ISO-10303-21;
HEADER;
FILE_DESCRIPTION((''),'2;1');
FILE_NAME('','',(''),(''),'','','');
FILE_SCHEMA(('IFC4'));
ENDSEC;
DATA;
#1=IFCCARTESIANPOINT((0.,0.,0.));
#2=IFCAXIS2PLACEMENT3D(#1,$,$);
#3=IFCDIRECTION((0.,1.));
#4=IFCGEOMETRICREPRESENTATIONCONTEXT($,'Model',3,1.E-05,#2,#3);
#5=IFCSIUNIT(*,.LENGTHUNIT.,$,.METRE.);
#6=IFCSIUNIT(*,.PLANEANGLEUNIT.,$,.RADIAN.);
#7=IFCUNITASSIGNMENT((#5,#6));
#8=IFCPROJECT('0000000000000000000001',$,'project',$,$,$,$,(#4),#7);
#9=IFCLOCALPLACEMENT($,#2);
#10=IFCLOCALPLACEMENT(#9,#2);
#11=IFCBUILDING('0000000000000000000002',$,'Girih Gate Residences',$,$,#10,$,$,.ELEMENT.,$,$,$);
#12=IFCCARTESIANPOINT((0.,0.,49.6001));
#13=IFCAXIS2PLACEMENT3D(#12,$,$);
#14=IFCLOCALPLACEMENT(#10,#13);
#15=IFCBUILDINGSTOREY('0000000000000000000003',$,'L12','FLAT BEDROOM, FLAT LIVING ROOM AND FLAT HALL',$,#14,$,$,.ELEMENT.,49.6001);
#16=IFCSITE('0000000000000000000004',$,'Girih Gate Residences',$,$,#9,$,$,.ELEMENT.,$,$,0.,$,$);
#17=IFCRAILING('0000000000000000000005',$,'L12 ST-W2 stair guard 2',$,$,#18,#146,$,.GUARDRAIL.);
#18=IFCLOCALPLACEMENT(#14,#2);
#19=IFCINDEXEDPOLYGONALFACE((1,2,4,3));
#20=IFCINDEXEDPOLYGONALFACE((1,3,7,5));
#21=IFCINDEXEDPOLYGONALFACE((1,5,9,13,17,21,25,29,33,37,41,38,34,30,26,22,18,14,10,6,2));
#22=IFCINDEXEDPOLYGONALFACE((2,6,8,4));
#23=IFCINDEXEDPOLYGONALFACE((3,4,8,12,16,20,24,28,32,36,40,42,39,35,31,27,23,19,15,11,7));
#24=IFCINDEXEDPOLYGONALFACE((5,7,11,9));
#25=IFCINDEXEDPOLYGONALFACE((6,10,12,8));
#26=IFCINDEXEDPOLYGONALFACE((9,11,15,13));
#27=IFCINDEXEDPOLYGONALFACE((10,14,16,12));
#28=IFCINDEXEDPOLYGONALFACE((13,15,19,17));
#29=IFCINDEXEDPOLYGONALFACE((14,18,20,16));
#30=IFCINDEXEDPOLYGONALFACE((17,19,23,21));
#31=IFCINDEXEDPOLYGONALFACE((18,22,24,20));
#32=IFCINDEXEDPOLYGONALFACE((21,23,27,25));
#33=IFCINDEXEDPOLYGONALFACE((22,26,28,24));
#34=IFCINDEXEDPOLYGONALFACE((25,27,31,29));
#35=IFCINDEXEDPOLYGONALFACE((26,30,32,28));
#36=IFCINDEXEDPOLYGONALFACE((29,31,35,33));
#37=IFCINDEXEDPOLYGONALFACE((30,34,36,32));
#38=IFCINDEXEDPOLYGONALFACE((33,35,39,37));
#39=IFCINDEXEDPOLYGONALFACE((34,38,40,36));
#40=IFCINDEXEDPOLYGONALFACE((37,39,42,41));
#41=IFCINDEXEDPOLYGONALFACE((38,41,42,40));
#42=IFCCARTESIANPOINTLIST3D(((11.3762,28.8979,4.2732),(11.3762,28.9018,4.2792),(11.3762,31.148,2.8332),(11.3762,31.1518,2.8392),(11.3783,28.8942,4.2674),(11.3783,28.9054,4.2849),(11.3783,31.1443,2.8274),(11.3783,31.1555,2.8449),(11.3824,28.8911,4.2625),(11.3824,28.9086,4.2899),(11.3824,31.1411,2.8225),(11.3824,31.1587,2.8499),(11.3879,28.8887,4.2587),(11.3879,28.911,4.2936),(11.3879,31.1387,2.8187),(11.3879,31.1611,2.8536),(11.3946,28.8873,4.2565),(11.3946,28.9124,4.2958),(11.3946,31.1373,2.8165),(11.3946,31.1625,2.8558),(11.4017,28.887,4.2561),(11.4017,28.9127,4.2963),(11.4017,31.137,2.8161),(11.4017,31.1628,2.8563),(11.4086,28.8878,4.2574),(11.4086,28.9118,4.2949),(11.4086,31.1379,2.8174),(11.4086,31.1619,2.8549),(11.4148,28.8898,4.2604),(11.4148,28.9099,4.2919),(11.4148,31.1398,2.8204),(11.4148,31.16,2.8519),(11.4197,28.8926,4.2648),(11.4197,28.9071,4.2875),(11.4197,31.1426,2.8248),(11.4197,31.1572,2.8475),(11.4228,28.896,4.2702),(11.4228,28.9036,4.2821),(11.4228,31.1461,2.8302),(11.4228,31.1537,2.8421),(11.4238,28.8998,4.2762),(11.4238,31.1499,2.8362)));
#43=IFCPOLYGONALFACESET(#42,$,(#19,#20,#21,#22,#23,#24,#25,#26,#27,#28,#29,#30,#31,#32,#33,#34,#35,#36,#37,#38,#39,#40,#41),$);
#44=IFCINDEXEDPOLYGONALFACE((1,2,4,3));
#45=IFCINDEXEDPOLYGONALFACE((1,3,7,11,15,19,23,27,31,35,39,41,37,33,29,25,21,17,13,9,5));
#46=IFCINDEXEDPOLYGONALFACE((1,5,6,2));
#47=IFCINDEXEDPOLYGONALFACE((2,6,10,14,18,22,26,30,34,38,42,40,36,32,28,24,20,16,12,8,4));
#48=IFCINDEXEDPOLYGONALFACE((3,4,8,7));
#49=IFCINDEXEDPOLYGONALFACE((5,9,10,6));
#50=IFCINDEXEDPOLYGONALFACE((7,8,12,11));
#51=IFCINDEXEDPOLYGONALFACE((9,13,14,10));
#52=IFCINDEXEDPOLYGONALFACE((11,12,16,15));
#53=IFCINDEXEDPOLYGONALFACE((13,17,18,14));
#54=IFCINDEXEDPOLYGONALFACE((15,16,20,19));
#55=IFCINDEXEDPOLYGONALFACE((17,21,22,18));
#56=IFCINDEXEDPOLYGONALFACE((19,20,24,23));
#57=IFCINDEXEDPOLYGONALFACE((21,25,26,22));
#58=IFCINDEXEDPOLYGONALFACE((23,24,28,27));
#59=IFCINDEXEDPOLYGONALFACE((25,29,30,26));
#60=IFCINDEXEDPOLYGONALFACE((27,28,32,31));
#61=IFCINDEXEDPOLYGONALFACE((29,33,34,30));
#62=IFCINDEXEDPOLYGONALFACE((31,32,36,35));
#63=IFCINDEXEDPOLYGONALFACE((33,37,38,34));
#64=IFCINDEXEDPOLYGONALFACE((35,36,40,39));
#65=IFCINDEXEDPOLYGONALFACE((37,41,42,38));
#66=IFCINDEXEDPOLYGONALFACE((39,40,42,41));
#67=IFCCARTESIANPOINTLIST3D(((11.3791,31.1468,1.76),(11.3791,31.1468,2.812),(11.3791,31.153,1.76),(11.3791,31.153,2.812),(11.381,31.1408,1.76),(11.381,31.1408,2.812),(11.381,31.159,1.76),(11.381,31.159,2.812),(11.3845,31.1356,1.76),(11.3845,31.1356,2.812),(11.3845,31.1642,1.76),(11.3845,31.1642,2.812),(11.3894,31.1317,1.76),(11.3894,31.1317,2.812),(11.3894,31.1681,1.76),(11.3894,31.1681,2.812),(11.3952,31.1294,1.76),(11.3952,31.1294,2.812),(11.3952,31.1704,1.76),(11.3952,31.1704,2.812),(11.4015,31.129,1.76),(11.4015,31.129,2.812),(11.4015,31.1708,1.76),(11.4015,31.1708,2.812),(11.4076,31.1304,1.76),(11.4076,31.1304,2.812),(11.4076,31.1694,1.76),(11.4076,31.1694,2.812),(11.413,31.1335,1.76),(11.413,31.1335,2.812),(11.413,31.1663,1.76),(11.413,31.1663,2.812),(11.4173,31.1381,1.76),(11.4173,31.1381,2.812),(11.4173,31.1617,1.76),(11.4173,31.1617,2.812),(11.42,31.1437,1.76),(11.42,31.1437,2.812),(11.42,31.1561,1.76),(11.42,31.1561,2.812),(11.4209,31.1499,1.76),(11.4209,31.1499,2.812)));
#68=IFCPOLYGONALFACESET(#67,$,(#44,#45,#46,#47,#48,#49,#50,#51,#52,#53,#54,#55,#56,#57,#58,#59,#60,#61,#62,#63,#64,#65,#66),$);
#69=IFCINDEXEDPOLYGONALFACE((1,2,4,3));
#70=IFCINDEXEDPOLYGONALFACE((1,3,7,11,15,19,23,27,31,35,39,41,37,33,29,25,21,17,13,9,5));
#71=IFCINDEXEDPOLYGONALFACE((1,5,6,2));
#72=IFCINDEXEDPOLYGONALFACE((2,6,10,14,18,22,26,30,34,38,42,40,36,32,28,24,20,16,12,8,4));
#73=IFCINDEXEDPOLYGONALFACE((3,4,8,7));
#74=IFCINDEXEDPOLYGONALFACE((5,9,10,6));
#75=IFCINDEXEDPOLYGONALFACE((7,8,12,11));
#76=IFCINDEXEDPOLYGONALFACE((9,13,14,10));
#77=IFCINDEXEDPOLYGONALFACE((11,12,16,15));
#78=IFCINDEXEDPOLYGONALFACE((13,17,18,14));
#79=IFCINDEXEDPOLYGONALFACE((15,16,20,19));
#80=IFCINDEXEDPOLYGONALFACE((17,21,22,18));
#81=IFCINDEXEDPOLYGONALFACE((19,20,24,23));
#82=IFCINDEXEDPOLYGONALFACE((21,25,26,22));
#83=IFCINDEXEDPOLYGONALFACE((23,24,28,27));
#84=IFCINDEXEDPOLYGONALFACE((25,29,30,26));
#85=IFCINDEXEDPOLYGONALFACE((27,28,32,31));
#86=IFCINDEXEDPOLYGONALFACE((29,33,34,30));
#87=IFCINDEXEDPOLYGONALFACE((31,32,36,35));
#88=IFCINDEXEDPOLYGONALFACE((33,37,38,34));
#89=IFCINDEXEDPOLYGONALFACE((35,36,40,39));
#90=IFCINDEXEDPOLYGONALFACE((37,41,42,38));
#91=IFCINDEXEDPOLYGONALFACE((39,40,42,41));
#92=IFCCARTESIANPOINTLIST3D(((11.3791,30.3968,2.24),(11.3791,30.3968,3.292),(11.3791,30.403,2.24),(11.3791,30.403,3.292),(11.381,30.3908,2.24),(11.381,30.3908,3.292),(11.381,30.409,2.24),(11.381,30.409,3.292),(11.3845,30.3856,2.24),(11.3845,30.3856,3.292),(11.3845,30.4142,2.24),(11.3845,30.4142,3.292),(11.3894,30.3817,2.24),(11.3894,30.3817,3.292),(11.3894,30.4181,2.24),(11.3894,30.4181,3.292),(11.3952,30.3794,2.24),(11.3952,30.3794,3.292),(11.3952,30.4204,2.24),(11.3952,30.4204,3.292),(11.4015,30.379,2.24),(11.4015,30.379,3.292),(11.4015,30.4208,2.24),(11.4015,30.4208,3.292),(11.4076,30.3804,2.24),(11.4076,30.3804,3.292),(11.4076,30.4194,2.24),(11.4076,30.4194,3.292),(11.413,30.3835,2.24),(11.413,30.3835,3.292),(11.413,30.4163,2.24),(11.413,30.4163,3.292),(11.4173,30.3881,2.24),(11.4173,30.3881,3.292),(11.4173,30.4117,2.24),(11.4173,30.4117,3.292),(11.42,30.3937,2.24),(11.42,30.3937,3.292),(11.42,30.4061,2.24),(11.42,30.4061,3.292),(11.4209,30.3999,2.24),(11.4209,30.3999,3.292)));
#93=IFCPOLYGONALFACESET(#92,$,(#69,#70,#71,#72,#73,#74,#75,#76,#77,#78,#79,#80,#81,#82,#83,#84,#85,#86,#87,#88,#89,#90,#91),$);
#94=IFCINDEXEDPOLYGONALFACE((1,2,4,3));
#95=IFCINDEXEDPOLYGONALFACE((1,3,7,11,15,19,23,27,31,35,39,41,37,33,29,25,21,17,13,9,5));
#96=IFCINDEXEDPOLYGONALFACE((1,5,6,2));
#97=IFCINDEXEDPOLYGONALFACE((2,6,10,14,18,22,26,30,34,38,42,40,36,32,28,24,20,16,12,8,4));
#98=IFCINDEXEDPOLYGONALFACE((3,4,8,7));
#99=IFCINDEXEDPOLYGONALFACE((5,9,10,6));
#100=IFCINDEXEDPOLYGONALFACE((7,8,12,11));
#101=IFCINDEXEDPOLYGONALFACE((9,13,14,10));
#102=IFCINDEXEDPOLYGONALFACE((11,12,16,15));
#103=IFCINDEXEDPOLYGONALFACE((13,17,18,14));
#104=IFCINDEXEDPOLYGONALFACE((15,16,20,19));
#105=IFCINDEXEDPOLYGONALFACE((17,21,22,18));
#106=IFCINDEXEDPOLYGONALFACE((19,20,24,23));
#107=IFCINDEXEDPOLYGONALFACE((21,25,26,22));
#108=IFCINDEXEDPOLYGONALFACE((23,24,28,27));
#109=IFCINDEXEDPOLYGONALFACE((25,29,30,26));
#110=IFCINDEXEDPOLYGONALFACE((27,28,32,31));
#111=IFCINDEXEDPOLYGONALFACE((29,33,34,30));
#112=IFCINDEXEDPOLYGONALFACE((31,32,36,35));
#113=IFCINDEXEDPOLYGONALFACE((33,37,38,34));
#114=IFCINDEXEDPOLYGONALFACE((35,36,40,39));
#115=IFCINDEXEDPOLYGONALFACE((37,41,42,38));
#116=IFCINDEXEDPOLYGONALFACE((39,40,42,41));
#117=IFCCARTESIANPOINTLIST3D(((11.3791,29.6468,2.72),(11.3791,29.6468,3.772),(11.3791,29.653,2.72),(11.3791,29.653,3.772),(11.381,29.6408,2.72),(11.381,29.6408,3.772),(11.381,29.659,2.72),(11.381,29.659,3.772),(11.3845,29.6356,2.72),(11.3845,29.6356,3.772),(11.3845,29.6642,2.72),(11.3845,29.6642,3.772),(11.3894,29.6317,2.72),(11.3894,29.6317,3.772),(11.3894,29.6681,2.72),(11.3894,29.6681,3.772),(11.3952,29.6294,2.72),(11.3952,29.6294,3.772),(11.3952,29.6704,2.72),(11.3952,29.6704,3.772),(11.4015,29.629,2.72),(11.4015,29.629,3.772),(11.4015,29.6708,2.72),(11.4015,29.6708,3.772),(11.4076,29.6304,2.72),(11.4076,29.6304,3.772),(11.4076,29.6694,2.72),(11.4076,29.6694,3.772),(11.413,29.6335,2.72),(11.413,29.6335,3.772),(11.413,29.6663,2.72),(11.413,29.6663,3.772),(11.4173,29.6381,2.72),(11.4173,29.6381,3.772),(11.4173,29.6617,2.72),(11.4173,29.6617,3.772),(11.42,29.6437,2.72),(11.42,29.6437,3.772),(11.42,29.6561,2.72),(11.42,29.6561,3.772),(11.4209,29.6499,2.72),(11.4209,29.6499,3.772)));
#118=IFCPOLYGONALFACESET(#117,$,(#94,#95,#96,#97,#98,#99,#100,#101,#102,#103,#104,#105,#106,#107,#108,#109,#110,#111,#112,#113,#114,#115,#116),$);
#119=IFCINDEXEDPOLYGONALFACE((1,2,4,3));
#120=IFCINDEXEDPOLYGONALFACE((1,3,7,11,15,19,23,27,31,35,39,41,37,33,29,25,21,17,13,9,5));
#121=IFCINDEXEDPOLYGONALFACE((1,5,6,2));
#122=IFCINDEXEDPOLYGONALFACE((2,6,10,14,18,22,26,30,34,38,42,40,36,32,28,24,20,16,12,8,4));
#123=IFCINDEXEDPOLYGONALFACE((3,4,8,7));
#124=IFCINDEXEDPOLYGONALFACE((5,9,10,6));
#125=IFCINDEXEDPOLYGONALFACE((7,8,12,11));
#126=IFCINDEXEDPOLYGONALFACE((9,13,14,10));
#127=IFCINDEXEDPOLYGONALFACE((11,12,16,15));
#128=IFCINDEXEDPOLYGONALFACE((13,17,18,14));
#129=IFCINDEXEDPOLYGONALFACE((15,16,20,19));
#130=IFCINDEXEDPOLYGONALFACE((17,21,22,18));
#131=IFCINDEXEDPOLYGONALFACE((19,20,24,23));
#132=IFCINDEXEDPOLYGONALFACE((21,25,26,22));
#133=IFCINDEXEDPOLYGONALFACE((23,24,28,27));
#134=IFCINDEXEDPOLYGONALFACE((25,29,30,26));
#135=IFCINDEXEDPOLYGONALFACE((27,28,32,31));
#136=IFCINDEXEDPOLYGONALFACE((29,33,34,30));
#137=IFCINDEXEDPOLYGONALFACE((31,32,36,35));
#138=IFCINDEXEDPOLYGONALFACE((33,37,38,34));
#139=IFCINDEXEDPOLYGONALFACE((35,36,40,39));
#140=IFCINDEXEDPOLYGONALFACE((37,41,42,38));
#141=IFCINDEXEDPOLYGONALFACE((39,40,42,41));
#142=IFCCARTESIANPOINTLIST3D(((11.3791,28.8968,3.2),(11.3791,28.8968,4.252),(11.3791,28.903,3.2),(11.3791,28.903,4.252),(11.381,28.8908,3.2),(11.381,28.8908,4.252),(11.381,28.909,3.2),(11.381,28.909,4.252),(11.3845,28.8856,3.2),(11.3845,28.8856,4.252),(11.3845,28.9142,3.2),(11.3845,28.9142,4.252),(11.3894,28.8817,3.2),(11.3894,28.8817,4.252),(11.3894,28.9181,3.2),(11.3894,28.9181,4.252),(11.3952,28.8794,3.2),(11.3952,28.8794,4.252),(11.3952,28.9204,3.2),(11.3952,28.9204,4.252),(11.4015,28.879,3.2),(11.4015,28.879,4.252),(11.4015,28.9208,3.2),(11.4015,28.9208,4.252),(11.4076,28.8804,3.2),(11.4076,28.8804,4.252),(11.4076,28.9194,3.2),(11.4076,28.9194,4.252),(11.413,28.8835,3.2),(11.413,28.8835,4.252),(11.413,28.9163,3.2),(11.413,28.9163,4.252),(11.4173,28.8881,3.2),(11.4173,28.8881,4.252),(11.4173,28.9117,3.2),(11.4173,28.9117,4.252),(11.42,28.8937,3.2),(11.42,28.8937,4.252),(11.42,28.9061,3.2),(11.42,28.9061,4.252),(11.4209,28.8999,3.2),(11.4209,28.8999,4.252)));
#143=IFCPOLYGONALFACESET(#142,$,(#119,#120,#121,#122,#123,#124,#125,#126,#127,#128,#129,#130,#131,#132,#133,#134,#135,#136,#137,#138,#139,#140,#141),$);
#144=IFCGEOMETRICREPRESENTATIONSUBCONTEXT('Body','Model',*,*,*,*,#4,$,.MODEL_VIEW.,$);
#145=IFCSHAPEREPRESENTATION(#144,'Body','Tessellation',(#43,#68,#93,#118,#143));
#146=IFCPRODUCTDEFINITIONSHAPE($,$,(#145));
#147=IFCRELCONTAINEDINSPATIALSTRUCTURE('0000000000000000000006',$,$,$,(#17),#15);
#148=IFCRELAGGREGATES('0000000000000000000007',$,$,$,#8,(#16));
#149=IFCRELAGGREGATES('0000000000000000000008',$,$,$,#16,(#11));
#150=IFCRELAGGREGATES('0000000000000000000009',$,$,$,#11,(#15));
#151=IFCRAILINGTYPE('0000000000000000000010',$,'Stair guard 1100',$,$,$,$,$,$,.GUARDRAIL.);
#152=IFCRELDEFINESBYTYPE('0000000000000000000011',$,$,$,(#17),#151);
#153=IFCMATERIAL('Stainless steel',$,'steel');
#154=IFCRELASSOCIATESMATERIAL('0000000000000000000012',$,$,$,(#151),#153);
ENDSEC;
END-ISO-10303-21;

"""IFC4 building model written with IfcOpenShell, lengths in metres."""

from ifc_helpers import new_model, si_unit, direction, frame, origin, origin_2d, place, context, subcontext, project, spatial, circle, extrude, material, type_object, element, save


model = new_model("IFC4")

# Units and contexts
model_context = context("Model", 3, precision=1e-05, world=origin(), true_north=direction((0.0, 1.0)))
body_context = subcontext(model_context, "Body", "Model", "MODEL_VIEW")
ifc_project = project(units=[si_unit("LENGTHUNIT", "METRE"), si_unit("PLANEANGLEUNIT", "RADIAN")], contexts=[model_context])

# Site, building, storey
site_placement = place(None, origin())
site = spatial("IfcSite", under=ifc_project, at=site_placement, Name="Girih Gate Residences", CompositionType="ELEMENT", RefElevation=0.0)
building_placement = place(site_placement, origin())
building = spatial("IfcBuilding", under=site, at=building_placement, Name="Girih Gate Residences", CompositionType="ELEMENT")
storey_placement = place(building_placement, frame((0.0, 0.0, 49.6001)))
storey = spatial("IfcBuildingStorey", under=building, at=storey_placement, Name="L12", Description="FLAT BEDROOM, FLAT LIVING ROOM AND FLAT HALL", CompositionType="ELEMENT", Elevation=49.6001)

# Railing
ifc_material_1 = material(Name="Stainless steel", Category="steel")
railing_type_1 = type_object("IfcRailingType", Name="Stair guard 1100", PredefinedType="GUARDRAIL", material=ifc_material_1)
railing_1_placement = place(storey_placement, frame((11.3999, 31.1499, 1.76)))
element("IfcRailing", 1, at=railing_1_placement, inside=storey, type_object=railing_type_1, Name="L12 ST-W2 stair guard 2", PredefinedType="GUARDRAIL", context=body_context, shape_type="SweptSolid", body=[
    extrude(circle(Radius=0.0239, at=origin_2d()), frame((0.0, 0.0, 1.0762), z_axis=(0.0, -0.842281, 0.539038), x_axis=(1.0, 0.0, 0.0)), (0.0, 0.0, 1.0), 2.6714),
    extrude(circle(Radius=0.021, at=origin_2d()), origin(), (0.0, 0.0, 1.0), 1.052),
    extrude(circle(Radius=0.021, at=origin_2d()), frame((0.0, -0.75, 0.48)), (0.0, 0.0, 1.0), 1.052),
    extrude(circle(Radius=0.021, at=origin_2d()), frame((0.0, -1.5, 0.96)), (0.0, 0.0, 1.0), 1.052),
    extrude(circle(Radius=0.021, at=origin_2d()), frame((0.0, -2.25, 1.4399)), (0.0, 0.0, 1.0), 1.052),
])

save(model, "model.ifc")
